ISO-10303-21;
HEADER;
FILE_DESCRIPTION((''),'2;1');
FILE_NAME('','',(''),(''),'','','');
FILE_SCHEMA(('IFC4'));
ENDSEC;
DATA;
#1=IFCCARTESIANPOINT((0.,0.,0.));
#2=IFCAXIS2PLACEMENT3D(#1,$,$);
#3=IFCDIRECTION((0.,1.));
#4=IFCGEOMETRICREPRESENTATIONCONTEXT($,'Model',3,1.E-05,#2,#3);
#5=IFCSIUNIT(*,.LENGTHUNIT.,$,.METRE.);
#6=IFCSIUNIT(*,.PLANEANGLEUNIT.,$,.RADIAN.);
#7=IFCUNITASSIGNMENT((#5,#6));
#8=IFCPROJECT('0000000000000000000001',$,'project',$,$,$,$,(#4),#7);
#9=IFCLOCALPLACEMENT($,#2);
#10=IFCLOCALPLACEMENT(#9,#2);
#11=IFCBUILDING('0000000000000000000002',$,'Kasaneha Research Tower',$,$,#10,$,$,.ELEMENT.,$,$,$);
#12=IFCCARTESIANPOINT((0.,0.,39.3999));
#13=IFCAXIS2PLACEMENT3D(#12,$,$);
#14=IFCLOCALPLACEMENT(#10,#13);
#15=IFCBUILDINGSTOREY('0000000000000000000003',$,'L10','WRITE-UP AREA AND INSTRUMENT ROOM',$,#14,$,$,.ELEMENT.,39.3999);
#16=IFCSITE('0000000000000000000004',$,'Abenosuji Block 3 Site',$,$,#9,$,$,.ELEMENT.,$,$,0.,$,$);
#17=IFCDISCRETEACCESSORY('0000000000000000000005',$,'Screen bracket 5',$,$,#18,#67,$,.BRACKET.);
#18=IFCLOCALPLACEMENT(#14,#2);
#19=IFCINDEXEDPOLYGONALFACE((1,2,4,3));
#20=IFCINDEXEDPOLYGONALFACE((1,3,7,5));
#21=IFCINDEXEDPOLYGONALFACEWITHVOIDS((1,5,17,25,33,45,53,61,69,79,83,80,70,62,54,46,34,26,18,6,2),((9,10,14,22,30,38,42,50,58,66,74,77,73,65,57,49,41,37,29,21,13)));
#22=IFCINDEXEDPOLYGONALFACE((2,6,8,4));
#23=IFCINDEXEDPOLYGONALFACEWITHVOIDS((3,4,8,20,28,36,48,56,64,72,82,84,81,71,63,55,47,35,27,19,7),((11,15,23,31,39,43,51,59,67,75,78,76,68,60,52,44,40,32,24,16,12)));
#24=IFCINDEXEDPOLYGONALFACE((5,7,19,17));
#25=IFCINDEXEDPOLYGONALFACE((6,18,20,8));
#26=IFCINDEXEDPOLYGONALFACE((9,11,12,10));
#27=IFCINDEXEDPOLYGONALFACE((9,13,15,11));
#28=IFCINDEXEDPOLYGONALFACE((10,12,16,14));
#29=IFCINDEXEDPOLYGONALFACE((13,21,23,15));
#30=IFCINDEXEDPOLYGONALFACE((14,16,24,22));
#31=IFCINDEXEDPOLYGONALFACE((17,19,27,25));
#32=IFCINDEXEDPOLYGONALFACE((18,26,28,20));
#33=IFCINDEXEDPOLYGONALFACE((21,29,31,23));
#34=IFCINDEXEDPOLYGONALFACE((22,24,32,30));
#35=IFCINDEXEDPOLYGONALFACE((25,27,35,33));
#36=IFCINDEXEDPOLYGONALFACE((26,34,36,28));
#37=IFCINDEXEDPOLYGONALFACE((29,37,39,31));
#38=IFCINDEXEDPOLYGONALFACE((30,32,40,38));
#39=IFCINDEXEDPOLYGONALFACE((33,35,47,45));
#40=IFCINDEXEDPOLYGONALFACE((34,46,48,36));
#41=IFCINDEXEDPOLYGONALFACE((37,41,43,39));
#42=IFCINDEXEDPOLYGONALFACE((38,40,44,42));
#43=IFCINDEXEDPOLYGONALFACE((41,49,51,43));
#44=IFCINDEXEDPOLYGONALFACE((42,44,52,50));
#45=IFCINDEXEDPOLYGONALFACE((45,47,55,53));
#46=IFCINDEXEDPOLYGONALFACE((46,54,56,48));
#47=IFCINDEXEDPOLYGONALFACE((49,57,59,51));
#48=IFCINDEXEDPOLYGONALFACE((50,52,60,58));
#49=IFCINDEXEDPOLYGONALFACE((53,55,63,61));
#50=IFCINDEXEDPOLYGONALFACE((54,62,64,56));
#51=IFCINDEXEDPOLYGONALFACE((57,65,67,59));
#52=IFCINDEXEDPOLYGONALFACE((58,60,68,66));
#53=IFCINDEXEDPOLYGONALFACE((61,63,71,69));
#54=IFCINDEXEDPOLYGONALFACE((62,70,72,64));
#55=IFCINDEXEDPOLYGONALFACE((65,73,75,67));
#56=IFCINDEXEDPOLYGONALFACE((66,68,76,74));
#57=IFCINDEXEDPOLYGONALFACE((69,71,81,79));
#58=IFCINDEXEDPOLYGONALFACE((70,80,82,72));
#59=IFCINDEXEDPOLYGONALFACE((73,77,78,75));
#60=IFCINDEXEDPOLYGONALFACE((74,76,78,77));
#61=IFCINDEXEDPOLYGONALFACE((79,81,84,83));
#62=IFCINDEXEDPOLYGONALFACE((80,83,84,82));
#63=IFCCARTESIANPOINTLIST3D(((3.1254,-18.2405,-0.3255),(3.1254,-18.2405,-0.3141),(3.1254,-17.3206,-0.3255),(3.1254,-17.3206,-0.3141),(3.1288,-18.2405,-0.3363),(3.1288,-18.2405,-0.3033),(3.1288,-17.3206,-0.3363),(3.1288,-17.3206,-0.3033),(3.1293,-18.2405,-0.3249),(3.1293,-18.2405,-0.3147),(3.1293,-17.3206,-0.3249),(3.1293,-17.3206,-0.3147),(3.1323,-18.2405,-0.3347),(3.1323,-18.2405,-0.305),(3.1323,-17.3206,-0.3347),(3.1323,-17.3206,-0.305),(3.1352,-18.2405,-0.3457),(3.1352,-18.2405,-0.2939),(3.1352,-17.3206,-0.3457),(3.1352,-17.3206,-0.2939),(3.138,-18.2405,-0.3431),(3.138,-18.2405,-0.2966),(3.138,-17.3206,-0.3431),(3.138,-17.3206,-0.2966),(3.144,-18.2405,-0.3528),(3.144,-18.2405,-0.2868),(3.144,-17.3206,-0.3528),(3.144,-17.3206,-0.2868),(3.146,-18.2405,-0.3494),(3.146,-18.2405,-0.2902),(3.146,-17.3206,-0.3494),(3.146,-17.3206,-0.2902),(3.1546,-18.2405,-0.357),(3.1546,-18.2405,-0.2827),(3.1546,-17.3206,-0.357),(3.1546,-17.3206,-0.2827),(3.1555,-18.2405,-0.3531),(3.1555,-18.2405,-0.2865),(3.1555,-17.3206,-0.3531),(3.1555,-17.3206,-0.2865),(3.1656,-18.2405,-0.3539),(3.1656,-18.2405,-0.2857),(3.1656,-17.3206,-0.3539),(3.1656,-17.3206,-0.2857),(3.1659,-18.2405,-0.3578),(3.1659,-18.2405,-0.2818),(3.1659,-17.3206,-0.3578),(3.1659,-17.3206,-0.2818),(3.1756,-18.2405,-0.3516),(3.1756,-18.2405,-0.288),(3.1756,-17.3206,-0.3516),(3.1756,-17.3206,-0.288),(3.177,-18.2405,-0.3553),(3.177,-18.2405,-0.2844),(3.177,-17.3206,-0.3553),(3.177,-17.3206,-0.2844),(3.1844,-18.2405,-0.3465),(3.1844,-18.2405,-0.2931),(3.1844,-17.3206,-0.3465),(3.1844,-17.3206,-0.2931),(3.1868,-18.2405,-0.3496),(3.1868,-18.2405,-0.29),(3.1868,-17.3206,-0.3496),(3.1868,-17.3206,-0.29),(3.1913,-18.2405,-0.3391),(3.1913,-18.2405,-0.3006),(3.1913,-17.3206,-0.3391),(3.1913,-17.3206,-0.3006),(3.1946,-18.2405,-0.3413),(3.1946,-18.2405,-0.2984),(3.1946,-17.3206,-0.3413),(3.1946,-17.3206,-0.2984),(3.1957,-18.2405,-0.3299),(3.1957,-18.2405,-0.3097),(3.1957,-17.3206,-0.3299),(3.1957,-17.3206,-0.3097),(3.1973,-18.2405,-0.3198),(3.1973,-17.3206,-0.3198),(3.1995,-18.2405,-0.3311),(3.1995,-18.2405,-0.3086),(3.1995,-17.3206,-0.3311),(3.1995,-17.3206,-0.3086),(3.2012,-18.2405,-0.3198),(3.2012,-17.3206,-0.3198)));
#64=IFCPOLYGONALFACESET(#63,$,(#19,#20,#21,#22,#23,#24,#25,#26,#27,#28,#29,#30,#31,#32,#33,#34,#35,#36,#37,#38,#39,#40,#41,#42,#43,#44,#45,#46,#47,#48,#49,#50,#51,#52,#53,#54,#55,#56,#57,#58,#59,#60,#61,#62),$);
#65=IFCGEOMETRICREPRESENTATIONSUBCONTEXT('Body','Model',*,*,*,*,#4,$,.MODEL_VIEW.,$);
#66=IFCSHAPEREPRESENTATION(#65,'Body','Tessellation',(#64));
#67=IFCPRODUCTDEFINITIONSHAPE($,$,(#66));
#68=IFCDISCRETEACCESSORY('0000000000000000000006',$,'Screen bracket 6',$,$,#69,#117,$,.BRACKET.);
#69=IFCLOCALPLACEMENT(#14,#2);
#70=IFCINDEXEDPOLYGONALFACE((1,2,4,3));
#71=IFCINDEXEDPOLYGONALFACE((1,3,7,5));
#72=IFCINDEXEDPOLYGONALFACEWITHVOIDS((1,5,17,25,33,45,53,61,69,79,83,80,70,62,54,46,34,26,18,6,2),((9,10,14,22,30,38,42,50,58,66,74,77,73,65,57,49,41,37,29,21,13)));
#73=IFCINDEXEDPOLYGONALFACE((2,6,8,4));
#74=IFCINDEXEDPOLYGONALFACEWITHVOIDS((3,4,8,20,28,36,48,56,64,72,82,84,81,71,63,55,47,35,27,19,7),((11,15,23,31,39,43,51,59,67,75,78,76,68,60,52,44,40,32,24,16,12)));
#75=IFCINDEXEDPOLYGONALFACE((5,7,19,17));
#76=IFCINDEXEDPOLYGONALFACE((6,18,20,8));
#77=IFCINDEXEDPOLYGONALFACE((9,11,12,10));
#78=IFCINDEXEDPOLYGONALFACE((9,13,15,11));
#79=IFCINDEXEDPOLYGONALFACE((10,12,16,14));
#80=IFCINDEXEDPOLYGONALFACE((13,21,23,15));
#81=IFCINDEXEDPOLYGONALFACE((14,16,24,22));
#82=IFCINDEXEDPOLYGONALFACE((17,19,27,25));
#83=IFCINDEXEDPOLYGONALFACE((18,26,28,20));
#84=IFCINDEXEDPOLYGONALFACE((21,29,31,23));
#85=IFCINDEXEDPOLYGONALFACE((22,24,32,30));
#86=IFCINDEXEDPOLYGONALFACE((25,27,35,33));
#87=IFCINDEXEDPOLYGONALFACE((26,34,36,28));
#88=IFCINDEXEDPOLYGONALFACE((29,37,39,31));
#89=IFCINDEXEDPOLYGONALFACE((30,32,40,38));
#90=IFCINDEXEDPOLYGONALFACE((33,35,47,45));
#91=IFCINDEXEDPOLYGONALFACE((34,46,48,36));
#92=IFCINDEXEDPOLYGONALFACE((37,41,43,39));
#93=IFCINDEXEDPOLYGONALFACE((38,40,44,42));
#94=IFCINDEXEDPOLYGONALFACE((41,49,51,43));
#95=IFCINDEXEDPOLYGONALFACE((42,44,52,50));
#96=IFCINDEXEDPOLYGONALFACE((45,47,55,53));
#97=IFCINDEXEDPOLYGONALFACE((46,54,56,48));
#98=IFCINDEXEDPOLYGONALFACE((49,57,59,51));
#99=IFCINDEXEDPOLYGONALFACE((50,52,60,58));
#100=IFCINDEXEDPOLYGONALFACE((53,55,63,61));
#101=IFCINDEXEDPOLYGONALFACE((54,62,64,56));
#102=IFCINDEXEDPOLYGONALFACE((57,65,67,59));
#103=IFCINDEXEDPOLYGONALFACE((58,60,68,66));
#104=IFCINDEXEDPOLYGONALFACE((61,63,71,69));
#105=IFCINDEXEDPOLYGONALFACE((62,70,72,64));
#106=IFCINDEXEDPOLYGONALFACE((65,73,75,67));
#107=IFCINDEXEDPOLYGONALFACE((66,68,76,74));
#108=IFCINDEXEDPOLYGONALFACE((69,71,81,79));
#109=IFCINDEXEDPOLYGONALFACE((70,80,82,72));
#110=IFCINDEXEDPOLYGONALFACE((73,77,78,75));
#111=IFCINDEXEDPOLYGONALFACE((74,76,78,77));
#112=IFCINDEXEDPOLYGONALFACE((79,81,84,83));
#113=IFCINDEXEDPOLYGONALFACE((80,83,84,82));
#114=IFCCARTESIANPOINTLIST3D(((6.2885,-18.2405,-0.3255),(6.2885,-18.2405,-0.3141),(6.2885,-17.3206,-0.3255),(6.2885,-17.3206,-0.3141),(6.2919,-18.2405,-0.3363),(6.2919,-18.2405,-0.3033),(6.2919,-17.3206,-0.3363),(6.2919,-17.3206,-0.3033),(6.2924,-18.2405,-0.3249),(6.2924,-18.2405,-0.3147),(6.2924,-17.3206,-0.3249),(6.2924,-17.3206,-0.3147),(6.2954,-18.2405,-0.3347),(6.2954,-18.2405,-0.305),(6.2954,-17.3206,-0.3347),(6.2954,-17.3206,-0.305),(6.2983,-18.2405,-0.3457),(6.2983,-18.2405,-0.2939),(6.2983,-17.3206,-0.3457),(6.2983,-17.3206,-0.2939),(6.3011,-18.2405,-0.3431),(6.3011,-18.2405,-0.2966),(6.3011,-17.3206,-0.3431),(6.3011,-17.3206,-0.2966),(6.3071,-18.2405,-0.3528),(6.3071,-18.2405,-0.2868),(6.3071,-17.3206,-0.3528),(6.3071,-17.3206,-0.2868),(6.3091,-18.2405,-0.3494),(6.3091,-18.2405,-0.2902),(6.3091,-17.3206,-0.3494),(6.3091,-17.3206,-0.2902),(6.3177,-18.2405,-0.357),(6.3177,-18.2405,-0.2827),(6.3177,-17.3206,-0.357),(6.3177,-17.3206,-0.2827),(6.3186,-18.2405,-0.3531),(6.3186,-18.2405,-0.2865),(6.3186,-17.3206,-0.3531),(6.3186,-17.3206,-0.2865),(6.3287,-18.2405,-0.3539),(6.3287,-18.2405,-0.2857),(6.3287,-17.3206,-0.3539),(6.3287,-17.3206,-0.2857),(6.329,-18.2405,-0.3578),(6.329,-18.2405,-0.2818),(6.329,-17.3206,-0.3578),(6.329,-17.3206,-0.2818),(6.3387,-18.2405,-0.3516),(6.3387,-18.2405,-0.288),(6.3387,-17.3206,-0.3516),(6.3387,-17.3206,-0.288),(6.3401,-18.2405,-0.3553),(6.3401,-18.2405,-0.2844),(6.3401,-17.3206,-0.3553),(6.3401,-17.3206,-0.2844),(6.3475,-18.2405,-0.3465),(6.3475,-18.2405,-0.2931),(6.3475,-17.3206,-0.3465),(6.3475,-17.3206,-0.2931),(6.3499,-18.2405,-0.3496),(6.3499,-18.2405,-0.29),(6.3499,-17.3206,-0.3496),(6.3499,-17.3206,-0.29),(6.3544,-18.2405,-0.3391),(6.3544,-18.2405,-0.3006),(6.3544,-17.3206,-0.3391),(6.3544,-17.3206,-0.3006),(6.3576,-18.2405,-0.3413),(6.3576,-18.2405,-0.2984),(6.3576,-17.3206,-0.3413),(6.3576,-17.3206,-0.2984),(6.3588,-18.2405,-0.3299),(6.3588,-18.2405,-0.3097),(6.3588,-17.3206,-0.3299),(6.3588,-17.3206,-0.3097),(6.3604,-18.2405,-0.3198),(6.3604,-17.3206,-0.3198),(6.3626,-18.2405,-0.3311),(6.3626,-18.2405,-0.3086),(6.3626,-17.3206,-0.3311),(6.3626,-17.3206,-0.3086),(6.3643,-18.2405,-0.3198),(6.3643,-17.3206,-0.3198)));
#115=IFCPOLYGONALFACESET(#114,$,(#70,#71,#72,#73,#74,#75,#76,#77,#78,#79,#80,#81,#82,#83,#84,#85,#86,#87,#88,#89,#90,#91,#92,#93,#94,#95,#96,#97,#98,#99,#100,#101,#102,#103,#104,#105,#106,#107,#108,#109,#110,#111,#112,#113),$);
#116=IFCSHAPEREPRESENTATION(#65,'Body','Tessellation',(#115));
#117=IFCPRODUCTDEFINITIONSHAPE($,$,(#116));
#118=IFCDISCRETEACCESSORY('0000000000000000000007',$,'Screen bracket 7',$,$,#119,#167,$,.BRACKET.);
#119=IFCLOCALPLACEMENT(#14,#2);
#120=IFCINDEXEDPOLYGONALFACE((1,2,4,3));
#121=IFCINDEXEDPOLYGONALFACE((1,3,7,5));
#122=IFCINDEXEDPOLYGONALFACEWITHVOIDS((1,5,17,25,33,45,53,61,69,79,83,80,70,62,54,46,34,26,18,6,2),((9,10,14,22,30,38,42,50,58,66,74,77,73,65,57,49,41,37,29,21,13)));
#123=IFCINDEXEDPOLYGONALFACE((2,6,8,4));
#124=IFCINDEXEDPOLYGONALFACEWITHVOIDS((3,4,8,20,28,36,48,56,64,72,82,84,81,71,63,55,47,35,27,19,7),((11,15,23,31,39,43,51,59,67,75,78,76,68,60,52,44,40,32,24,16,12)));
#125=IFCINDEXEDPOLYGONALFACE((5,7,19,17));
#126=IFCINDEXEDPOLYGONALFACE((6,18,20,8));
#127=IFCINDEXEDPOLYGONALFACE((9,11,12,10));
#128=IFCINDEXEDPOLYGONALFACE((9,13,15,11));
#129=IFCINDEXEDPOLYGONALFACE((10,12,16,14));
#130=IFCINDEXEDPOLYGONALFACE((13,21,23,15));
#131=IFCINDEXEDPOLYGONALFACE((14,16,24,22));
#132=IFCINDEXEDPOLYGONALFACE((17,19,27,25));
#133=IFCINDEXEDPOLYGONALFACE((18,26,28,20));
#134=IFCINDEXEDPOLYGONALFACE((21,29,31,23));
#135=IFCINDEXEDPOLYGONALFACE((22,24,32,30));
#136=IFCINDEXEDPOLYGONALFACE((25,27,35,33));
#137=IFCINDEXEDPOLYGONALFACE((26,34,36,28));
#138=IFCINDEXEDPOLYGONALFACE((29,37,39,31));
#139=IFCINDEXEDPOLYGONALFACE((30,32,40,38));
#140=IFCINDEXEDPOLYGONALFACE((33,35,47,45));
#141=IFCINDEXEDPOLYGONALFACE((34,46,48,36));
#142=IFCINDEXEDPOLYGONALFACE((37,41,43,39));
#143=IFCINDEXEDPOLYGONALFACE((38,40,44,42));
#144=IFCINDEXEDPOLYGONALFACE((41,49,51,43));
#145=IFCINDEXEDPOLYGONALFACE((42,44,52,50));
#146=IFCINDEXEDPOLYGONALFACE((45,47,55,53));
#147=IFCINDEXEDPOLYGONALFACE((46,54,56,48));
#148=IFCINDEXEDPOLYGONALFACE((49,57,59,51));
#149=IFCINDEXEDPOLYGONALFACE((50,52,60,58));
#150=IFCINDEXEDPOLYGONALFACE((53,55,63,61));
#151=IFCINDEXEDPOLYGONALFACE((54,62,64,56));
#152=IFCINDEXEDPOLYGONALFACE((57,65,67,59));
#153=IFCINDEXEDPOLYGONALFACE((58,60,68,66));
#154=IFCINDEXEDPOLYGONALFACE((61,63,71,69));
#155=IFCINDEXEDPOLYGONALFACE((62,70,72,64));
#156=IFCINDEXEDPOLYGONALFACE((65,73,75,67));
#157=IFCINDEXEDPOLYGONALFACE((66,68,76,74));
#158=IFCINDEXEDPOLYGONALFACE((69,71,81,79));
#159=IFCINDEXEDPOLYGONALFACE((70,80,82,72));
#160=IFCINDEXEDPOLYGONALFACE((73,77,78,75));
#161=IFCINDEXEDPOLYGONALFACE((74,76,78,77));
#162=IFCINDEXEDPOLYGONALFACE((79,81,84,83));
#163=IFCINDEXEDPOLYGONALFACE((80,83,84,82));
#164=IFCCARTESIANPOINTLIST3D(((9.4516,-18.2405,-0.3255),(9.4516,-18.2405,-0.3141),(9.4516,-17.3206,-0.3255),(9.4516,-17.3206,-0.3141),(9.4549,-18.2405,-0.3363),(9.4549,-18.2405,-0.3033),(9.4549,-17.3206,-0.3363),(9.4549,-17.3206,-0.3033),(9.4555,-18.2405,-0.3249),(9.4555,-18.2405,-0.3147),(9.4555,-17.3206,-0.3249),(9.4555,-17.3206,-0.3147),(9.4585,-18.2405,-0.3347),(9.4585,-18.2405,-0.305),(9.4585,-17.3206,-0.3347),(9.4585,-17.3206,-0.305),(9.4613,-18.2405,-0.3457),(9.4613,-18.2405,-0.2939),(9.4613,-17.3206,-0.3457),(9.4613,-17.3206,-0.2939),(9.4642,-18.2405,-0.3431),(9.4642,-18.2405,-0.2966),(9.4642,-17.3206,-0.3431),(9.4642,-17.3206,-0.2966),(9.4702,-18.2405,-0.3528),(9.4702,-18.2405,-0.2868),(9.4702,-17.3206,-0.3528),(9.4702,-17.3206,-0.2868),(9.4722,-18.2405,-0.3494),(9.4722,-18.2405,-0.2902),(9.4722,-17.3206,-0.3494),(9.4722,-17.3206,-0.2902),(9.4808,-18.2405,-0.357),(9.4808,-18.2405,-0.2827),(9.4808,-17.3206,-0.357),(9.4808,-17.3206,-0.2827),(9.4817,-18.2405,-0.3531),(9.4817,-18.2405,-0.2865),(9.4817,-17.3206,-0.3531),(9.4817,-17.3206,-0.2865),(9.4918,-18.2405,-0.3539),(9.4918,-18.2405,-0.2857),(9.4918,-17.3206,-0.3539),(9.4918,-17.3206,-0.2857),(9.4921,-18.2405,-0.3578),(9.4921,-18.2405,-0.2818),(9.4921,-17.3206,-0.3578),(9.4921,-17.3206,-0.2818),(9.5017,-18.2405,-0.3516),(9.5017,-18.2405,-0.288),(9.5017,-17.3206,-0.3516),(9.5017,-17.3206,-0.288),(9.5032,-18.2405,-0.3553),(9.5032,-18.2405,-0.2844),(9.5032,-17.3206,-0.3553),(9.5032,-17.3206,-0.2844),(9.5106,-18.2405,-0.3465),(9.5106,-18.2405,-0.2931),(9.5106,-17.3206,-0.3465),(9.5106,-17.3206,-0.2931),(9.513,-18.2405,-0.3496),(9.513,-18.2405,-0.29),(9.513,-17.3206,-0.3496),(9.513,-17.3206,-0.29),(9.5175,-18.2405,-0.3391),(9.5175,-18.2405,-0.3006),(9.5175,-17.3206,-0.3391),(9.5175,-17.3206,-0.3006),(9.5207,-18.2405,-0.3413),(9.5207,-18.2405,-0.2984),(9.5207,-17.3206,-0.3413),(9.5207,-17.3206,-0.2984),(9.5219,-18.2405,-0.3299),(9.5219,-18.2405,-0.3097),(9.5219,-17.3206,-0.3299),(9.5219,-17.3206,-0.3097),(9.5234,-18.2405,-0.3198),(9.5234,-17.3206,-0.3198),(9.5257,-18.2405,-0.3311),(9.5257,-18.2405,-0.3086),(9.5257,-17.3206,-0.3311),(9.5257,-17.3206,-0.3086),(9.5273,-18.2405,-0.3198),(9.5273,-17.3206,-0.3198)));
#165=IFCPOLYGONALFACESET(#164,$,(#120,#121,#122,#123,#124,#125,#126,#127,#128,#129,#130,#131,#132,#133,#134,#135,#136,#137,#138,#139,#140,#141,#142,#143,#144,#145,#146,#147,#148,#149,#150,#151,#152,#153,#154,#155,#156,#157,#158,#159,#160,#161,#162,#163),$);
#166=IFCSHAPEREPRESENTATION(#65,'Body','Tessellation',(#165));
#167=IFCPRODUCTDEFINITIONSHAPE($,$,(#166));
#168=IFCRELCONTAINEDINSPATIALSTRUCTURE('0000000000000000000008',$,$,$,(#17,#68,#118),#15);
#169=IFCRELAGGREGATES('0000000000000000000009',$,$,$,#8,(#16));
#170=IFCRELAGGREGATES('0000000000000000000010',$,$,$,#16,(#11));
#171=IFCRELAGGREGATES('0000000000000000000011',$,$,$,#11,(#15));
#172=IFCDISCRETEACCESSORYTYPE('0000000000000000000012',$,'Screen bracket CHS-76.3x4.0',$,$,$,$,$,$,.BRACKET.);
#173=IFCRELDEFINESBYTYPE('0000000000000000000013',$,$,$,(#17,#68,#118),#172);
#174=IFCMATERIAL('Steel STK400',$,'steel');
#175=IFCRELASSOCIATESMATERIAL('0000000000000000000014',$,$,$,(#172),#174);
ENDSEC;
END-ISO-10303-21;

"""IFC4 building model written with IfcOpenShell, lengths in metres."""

from ifc_helpers import new_model, si_unit, direction, frame, origin, origin_2d, place, context, subcontext, project, spatial, hollow_circle, extrude, material, material_profile, profile_set, type_object, element, save


model = new_model("IFC4")

# Units and contexts
model_context = context("Model", 3, precision=1e-05, world=origin(), true_north=direction((0.0, 1.0)))
body_context = subcontext(model_context, "Body", "Model", "MODEL_VIEW")
ifc_project = project(units=[si_unit("LENGTHUNIT", "METRE"), si_unit("PLANEANGLEUNIT", "RADIAN")], contexts=[model_context])

# Site, building, storey
site_placement = place(None, origin())
site = spatial("IfcSite", under=ifc_project, at=site_placement, Name="Abenosuji Block 3 Site", CompositionType="ELEMENT", RefElevation=0.0)
building_placement = place(site_placement, origin())
building = spatial("IfcBuilding", under=site, at=building_placement, Name="Kasaneha Research Tower", CompositionType="ELEMENT")
storey_placement = place(building_placement, frame((0.0, 0.0, 39.3999)))
storey = spatial("IfcBuildingStorey", under=building, at=storey_placement, Name="L10", Description="WRITE-UP AREA AND INSTRUMENT ROOM", CompositionType="ELEMENT", Elevation=39.3999)

# Discrete accessories
ifc_material_1 = material(Name="Steel STK400", Category="steel")
ifc_material_profile_1 = material_profile(ifc_material_1, hollow_circle(Radius=0.0381, WallThickness=0.0039, at=origin_2d()), Name="CHS-76.3x4.0")
ifc_profile_set_1 = profile_set([ifc_material_profile_1], Name="Steel STK400")
discrete_accessory_type = type_object("IfcDiscreteAccessoryType", Name="Screen bracket CHS-76.3x4.0", PredefinedType="BRACKET", material=ifc_profile_set_1)
for number, where, z_axis, x_axis, name in (
    (1, (3.1631, -17.3206, -0.3198), (0.0, -1.0, 0.0), (1.0, 0.0, 0.0), "Screen bracket 5"),
    (2, (6.3262, -17.3206, -0.3198), (0.0, -1.0, 0.0), (1.0, 0.0, 0.0), "Screen bracket 6"),
    (3, (9.4893, -17.3206, -0.3198), (0.0, -1.0, 0.0), (1.0, 0.0, 0.0), "Screen bracket 7"),
):
    element("IfcDiscreteAccessory", number, at=place(storey_placement, frame(where, z_axis=z_axis, x_axis=x_axis)), inside=storey, type_object=discrete_accessory_type, Name=name, PredefinedType="BRACKET", context=body_context, shape_type="SweptSolid", body=[
        extrude(hollow_circle(Radius=0.0381, WallThickness=0.0039, at=origin_2d()), origin(), (0.0, 0.0, 1.0), 0.9199),
    ])

save(model, "model.ifc")
